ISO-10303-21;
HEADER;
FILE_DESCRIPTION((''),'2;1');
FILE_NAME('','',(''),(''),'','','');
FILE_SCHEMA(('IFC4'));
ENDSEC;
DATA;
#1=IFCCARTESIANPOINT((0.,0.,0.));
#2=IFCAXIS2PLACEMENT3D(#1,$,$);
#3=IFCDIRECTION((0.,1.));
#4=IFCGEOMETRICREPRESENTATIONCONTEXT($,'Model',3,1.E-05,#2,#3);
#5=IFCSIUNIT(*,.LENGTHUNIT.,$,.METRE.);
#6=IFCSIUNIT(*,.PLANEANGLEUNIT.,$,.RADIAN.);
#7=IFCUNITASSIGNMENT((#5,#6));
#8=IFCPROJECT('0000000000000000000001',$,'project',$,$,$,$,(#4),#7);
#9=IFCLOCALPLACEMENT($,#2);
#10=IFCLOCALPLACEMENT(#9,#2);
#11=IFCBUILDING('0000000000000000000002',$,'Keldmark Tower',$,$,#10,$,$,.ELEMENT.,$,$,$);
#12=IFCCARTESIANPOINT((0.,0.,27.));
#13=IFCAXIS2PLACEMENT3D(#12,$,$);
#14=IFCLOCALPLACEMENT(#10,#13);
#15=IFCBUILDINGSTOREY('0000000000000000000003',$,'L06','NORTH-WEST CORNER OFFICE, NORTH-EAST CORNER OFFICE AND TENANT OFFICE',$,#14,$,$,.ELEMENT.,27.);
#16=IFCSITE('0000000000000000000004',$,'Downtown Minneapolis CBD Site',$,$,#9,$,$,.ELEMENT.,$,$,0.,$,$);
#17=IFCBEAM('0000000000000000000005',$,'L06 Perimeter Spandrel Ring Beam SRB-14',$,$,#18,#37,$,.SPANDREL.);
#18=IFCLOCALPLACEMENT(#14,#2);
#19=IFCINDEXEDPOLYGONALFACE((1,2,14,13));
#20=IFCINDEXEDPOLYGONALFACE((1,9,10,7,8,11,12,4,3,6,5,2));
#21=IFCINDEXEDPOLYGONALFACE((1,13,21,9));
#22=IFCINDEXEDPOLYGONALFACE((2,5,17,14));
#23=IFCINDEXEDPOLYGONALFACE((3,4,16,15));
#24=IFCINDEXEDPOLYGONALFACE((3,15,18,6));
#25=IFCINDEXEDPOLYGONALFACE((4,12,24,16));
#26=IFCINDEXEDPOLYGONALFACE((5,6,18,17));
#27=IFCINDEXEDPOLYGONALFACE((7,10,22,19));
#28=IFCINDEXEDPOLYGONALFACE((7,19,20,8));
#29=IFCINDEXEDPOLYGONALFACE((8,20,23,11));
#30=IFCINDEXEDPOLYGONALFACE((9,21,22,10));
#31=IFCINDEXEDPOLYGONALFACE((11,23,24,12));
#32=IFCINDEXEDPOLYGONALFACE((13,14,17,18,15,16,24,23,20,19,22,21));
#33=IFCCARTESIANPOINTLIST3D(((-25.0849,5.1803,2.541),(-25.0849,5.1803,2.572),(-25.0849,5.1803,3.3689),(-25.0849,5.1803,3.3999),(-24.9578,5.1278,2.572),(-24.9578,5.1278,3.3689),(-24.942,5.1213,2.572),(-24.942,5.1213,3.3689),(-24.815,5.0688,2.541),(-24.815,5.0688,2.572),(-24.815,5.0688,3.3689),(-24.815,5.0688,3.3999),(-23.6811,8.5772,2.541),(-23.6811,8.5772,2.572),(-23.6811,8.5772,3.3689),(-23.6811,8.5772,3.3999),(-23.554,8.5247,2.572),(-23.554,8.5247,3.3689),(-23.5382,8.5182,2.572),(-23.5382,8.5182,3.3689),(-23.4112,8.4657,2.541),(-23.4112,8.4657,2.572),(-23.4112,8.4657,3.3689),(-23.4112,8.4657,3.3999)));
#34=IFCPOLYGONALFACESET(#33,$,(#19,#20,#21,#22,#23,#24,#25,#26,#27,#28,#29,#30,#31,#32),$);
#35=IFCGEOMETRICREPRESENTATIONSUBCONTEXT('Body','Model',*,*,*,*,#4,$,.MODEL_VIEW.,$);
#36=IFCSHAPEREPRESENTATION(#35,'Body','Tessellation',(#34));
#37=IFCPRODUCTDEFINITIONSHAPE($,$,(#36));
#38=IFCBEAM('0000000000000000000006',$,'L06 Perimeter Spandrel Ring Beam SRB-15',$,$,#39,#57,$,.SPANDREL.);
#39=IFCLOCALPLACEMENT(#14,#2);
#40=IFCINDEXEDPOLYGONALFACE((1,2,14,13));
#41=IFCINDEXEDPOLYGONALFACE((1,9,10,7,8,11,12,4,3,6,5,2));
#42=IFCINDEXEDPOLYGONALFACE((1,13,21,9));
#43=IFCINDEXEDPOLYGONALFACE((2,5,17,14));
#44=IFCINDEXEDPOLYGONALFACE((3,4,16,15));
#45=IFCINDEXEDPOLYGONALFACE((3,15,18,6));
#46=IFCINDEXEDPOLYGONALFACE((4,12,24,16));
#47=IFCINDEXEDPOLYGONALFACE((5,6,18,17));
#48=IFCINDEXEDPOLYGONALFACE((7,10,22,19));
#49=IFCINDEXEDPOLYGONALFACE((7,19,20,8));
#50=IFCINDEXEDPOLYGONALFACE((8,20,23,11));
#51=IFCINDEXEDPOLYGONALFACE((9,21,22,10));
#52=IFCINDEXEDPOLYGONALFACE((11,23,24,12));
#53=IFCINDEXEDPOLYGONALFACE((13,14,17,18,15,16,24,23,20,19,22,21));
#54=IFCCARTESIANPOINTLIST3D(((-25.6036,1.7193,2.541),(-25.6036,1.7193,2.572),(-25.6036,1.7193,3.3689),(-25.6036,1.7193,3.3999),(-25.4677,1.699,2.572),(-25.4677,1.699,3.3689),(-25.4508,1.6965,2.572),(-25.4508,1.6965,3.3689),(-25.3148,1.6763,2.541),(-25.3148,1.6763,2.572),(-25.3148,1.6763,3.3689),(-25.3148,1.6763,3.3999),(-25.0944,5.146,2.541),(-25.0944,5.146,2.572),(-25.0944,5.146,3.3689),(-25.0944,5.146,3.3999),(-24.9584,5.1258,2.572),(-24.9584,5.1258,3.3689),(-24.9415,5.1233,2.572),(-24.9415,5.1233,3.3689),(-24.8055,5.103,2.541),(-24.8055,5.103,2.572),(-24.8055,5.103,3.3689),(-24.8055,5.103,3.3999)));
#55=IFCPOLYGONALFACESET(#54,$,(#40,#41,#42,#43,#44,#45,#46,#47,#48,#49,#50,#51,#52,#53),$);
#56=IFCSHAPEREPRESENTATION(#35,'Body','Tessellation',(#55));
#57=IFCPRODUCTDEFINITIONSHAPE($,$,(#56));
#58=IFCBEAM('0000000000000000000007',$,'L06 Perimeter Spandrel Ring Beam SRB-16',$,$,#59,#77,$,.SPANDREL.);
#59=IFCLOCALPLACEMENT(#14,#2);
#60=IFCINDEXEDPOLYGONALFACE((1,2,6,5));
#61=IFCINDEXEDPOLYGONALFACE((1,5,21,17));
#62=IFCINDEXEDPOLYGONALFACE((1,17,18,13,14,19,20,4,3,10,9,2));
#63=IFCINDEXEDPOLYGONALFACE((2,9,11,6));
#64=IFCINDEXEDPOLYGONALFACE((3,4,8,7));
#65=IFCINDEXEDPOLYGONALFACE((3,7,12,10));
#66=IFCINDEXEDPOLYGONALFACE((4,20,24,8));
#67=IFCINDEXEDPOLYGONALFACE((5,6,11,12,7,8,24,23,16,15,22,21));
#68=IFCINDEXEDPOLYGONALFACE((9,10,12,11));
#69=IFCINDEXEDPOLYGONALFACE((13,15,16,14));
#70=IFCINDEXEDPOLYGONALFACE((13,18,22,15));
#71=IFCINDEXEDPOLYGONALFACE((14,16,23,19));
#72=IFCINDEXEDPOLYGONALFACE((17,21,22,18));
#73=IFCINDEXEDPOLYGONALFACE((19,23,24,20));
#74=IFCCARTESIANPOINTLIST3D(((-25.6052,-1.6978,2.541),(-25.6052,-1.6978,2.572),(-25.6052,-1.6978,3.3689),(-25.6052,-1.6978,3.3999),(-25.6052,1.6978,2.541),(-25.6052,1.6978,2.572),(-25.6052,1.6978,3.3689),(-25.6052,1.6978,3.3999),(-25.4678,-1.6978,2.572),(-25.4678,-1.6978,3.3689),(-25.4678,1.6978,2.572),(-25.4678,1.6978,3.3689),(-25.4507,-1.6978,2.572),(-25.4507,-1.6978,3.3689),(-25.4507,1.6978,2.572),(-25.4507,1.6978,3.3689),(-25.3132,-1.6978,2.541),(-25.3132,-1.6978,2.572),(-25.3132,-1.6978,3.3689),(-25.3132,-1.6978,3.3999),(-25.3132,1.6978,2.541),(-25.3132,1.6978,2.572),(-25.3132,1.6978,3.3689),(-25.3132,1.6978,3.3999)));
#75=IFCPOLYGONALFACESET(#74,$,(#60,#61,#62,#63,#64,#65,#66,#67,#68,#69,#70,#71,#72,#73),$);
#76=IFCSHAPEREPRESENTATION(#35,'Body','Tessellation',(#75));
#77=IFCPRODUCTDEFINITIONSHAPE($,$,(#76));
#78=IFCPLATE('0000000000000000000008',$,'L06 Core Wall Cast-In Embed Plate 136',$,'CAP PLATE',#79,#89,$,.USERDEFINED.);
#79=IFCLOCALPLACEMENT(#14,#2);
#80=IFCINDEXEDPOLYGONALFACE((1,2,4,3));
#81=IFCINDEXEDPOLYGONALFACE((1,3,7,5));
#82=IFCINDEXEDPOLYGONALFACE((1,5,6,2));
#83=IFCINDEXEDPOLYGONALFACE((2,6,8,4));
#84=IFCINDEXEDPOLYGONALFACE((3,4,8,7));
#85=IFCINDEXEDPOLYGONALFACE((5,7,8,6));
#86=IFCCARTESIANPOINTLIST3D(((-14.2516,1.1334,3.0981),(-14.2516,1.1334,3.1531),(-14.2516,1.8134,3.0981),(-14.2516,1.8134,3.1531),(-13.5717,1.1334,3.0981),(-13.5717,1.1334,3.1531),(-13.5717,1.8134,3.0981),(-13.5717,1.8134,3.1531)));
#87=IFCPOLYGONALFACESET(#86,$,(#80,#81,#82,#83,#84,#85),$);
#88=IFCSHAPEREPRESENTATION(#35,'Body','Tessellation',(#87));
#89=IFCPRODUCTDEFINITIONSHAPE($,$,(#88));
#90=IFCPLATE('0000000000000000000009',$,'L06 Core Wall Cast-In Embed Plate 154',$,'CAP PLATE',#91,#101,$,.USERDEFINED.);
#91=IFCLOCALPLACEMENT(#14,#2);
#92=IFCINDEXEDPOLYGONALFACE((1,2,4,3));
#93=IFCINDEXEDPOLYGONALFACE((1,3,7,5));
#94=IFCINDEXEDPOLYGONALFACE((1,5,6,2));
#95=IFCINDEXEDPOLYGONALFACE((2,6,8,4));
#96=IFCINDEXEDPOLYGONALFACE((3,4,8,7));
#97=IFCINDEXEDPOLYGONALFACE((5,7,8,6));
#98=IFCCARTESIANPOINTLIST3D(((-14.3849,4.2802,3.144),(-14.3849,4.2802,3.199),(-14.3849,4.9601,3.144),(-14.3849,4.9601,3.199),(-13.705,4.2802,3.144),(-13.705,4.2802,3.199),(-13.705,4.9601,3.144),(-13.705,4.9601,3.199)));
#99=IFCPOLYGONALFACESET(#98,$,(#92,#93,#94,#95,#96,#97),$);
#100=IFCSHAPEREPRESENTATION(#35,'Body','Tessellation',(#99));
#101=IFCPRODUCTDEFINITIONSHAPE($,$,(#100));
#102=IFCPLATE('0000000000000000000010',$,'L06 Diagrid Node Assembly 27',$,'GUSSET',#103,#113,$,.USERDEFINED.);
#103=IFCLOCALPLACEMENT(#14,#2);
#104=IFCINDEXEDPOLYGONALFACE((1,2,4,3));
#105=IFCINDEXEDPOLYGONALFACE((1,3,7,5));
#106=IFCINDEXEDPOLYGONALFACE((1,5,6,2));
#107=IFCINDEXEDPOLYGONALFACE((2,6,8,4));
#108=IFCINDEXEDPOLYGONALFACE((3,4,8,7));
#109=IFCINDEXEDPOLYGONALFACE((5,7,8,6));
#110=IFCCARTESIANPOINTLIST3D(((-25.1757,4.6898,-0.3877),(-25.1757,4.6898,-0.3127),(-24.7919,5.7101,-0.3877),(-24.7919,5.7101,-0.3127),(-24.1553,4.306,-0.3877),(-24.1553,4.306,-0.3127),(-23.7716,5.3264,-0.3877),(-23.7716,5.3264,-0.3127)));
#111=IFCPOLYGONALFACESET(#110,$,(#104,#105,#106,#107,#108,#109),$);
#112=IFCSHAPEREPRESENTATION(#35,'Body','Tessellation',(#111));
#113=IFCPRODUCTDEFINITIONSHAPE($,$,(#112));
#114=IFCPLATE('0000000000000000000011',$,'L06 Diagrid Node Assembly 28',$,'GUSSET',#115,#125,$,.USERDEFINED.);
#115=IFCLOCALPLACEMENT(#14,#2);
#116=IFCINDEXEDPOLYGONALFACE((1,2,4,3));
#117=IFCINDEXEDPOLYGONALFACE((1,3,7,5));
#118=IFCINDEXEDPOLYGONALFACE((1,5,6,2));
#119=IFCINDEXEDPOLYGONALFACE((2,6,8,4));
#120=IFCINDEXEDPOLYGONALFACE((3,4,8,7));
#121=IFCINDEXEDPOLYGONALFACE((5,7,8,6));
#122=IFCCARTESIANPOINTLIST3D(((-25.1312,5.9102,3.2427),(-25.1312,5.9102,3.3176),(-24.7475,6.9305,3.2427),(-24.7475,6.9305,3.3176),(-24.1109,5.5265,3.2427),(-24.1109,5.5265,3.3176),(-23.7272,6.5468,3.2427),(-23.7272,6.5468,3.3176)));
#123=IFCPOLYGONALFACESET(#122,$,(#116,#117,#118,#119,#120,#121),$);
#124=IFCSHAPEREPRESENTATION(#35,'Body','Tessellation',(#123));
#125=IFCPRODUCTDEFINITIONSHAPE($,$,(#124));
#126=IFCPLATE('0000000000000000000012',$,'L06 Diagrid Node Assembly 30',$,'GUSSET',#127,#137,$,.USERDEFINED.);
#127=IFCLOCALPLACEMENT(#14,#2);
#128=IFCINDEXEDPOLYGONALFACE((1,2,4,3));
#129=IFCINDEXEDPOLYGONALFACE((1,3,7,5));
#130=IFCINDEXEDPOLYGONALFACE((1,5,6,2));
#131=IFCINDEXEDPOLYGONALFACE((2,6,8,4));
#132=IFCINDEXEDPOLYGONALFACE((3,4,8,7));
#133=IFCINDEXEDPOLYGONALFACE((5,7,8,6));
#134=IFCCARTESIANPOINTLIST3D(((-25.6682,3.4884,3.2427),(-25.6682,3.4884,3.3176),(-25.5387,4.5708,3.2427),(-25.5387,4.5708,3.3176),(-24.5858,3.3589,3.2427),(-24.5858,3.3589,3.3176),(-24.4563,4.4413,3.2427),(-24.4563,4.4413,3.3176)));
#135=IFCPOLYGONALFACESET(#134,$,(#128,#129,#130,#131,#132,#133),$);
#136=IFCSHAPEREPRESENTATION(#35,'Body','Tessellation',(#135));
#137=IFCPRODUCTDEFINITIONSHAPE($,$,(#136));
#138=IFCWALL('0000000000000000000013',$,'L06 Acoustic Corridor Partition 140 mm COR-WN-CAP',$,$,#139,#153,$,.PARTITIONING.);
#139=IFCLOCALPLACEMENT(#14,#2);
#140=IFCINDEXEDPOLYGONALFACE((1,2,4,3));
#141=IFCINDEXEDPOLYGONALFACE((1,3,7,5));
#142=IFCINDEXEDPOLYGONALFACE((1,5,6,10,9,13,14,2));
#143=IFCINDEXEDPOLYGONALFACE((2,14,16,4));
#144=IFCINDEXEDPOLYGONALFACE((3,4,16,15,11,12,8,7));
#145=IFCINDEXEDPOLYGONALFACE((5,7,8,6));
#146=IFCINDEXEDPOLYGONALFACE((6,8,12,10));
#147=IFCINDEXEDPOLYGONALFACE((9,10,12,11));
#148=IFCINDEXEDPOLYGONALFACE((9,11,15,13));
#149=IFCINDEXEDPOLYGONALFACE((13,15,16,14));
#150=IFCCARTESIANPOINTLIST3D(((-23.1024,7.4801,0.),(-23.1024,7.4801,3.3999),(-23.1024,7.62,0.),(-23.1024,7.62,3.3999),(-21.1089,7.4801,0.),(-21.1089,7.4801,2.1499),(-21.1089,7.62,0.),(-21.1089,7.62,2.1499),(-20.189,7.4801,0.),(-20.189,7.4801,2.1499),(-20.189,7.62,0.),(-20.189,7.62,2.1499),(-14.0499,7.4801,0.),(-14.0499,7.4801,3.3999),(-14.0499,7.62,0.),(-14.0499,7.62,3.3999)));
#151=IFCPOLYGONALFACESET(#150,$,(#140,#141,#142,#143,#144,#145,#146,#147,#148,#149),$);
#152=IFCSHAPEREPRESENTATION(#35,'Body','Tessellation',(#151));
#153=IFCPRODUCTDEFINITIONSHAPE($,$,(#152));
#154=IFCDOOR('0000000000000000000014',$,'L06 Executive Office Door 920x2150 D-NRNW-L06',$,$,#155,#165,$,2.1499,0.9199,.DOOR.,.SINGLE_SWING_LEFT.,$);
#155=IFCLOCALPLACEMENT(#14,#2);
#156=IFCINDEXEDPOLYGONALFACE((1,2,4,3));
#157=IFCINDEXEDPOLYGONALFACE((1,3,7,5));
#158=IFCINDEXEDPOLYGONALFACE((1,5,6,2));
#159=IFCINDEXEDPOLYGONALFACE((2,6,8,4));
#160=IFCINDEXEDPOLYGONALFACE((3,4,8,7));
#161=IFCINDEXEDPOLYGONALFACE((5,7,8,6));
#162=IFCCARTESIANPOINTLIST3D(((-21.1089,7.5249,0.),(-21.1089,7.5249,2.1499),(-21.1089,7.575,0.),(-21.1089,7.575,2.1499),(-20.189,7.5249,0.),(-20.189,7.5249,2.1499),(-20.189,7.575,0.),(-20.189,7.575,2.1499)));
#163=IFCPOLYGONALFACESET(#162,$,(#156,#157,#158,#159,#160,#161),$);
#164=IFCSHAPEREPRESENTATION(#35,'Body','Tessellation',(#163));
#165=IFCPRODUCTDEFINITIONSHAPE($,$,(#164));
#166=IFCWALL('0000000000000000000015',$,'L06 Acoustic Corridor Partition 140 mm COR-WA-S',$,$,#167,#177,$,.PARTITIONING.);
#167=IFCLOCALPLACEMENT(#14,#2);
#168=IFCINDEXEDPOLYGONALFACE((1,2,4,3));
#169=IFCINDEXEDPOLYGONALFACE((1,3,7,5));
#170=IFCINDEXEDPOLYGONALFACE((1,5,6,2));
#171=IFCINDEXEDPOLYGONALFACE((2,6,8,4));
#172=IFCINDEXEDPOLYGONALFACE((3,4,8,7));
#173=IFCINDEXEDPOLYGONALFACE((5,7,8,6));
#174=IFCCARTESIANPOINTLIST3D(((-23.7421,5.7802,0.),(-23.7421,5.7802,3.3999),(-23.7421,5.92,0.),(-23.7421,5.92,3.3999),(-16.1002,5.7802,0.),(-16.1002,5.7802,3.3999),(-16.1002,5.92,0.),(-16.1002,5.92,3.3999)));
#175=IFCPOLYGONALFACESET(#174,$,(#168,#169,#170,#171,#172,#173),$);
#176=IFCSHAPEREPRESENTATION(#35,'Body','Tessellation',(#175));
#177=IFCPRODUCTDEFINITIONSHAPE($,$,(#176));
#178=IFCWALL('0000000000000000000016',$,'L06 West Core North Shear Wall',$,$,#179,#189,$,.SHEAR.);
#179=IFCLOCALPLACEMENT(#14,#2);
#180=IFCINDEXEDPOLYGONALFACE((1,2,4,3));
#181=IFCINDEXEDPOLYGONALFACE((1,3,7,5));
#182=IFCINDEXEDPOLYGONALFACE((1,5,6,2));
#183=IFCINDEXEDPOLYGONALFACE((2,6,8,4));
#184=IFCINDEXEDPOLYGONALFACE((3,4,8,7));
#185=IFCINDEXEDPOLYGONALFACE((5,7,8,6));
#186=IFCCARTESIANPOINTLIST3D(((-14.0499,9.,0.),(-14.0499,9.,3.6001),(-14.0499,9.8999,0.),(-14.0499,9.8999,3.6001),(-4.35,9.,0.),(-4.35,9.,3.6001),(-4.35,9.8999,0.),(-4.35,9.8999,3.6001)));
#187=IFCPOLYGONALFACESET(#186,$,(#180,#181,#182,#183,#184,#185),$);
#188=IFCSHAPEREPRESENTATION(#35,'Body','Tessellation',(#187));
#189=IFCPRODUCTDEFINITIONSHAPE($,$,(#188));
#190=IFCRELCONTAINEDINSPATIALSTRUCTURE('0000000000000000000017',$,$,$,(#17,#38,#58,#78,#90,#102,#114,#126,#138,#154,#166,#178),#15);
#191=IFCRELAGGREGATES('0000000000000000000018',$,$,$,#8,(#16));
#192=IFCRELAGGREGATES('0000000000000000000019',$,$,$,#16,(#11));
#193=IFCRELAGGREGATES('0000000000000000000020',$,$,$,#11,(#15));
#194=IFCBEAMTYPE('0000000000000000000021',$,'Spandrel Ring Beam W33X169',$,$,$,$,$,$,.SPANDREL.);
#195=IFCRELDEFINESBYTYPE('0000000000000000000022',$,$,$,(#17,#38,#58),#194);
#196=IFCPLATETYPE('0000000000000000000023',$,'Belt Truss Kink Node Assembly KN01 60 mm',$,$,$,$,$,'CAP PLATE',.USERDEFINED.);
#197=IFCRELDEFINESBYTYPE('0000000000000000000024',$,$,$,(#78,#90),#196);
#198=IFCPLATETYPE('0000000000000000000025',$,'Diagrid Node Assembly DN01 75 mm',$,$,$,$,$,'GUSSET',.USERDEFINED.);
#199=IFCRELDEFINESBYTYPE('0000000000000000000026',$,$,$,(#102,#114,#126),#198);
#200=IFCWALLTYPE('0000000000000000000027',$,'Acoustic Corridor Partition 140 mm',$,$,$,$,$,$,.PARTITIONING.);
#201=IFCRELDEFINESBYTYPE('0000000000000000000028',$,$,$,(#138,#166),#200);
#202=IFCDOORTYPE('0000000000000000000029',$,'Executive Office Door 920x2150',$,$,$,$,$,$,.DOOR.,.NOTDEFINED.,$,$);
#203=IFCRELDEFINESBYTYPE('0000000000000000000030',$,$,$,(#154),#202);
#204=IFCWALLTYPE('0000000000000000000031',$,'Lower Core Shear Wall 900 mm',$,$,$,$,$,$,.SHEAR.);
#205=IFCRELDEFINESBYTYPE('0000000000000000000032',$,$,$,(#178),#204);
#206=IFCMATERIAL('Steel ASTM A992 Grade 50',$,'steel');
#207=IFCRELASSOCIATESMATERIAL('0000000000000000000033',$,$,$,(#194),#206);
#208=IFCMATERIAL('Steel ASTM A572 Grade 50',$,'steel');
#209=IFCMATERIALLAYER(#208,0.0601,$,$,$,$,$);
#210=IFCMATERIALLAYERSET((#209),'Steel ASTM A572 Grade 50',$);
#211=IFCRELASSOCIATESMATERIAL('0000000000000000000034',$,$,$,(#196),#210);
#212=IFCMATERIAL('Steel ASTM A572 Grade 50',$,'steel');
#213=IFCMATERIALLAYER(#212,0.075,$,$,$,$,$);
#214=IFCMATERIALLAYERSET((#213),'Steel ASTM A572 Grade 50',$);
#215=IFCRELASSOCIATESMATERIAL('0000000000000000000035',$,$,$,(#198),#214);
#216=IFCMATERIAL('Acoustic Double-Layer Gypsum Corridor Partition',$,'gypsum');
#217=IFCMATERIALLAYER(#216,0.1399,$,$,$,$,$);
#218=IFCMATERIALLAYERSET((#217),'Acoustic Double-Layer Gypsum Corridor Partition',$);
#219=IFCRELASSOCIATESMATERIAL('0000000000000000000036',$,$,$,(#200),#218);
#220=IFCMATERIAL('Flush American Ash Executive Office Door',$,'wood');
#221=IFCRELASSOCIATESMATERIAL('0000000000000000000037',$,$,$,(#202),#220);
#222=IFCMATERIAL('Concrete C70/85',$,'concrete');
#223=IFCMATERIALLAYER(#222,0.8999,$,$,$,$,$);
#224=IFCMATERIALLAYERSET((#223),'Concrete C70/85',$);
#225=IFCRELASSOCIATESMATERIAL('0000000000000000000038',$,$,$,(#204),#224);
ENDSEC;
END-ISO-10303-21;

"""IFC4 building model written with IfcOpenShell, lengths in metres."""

from ifc_helpers import new_model, si_unit, direction, frame, frame_2d, origin, origin_2d, place, context, subcontext, project, spatial, rectangle, i_section, extrude, material, layer, layer_set, material_profile, profile_set, type_object, element, fill, save


model = new_model("IFC4")

# Units and contexts
model_context = context("Model", 3, precision=1e-05, world=origin(), true_north=direction((0.0, 1.0)))
body_context = subcontext(model_context, "Body", "Model", "MODEL_VIEW")
ifc_project = project(units=[si_unit("LENGTHUNIT", "METRE"), si_unit("PLANEANGLEUNIT", "RADIAN")], contexts=[model_context])

# Site, building, storey
site_placement = place(None, origin())
site = spatial("IfcSite", under=ifc_project, at=site_placement, Name="Downtown Minneapolis CBD Site", CompositionType="ELEMENT", RefElevation=0.0)
building_placement = place(site_placement, origin())
building = spatial("IfcBuilding", under=site, at=building_placement, Name="Keldmark Tower", CompositionType="ELEMENT")
storey_placement = place(building_placement, frame((0.0, 0.0, 27.0)))
storey = spatial("IfcBuildingStorey", under=building, at=storey_placement, Name="L06", Description="NORTH-WEST CORNER OFFICE, NORTH-EAST CORNER OFFICE AND TENANT OFFICE", CompositionType="ELEMENT", Elevation=27.0)

# Beams
ifc_material_1 = material(Name="Steel ASTM A992 Grade 50", Category="steel")
ifc_material_profile_1 = material_profile(ifc_material_1, i_section(OverallWidth=0.292, OverallDepth=0.8589, WebThickness=0.0171, FlangeThickness=0.031, at=origin_2d()), Name="W33X169")
ifc_profile_set_1 = profile_set([ifc_material_profile_1], Name="Steel ASTM A992 Grade 50")
beam_type_1 = type_object("IfcBeamType", Name="Spandrel Ring Beam W33X169", PredefinedType="SPANDREL", material=ifc_profile_set_1)
beam_1_placement = place(storey_placement, frame((-23.5461, 8.5215, 2.9705), z_axis=(-0.381925, -0.924193, 0.0), x_axis=(0.924193, -0.381925, 0.0)))
element("IfcBeam", 1, at=beam_1_placement, inside=storey, type_object=beam_type_1, Name="L06 Perimeter Spandrel Ring Beam SRB-14", PredefinedType="SPANDREL", context=body_context, shape_type="SweptSolid", body=[
    extrude(i_section(OverallWidth=0.292, OverallDepth=0.8589, WebThickness=0.0171, FlangeThickness=0.031, at=origin_2d()), origin(), (0.0, 0.0, 1.0), 3.6755),
])
beam_2_placement = place(storey_placement, frame((-24.95, 5.1245, 2.9705), z_axis=(-0.147003, -0.989136, 0.0), x_axis=(0.989136, -0.147003, 0.0)))
element("IfcBeam", 2, at=beam_2_placement, inside=storey, type_object=beam_type_1, Name="L06 Perimeter Spandrel Ring Beam SRB-15", PredefinedType="SPANDREL", context=body_context, shape_type="SweptSolid", body=[
    extrude(i_section(OverallWidth=0.292, OverallDepth=0.8589, WebThickness=0.0171, FlangeThickness=0.031, at=origin_2d()), origin(), (0.0, 0.0, 1.0), 3.4644),
])
beam_3_placement = place(storey_placement, frame((-25.4592, 1.6978, 2.9705), z_axis=(0.0, -1.0, 0.0), x_axis=(1.0, 0.0, 0.0)))
element("IfcBeam", 3, at=beam_3_placement, inside=storey, type_object=beam_type_1, Name="L06 Perimeter Spandrel Ring Beam SRB-16", PredefinedType="SPANDREL", context=body_context, shape_type="SweptSolid", body=[
    extrude(i_section(OverallWidth=0.292, OverallDepth=0.8589, WebThickness=0.0171, FlangeThickness=0.031, at=origin_2d()), origin(), (0.0, 0.0, 1.0), 3.3955),
])

# Plates
ifc_material_2 = material(Name="Steel ASTM A572 Grade 50", Category="steel")
ifc_layer_1 = layer(ifc_material_2, 0.0601)
ifc_layer_set_1 = layer_set([ifc_layer_1], Name="Steel ASTM A572 Grade 50")
plate_type_1 = type_object("IfcPlateType", Name="Belt Truss Kink Node Assembly KN01 60 mm", ElementType="CAP PLATE", PredefinedType="USERDEFINED", material=ifc_layer_set_1)
for number, where, z_axis, x_axis, name in (
    (4, (-13.9116, 1.4734, 3.0981), (0.0, 0.0, 1.0), (1.0, 0.0, 0.0), "L06 Core Wall Cast-In Embed Plate 136"),
    (5, (-14.0449, 4.6201, 3.144), (0.0, 0.0, 1.0), (1.0, 0.0, 0.0), "L06 Core Wall Cast-In Embed Plate 154"),
):
    element("IfcPlate", number, at=place(storey_placement, frame(where, z_axis=z_axis, x_axis=x_axis)), inside=storey, type_object=plate_type_1, Name=name, ObjectType="CAP PLATE", PredefinedType="USERDEFINED", context=body_context, shape_type="SweptSolid", body=[
        extrude(rectangle(XDim=0.6799, YDim=0.6799, at=origin_2d()), origin(), (0.0, 0.0, 1.0), 0.0549),
    ])
ifc_material_3 = material(Name="Steel ASTM A572 Grade 50", Category="steel")
ifc_layer_2 = layer(ifc_material_3, 0.075)
ifc_layer_set_2 = layer_set([ifc_layer_2], Name="Steel ASTM A572 Grade 50")
plate_type_2 = type_object("IfcPlateType", Name="Diagrid Node Assembly DN01 75 mm", ElementType="GUSSET", PredefinedType="USERDEFINED", material=ifc_layer_set_2)
for number, where, z_axis, x_axis, name in (
    (6, (-24.4736, 5.0081, -0.3877), (0.0, 0.0, 1.0), (-0.352005, -0.935998, 0.0), "L06 Diagrid Node Assembly 27"),
    (7, (-24.4292, 6.2285, 3.2427), (0.0, 0.0, 1.0), (-0.352005, -0.935998, 0.0), "L06 Diagrid Node Assembly 28"),
    (8, (-25.0623, 3.9648, 3.2427), (0.0, 0.0, 1.0), (-0.118751, -0.992924, 0.0), "L06 Diagrid Node Assembly 30"),
):
    element("IfcPlate", number, at=place(storey_placement, frame(where, z_axis=z_axis, x_axis=x_axis)), inside=storey, type_object=plate_type_2, Name=name, ObjectType="GUSSET", PredefinedType="USERDEFINED", context=body_context, shape_type="SweptSolid", body=[
        extrude(rectangle(XDim=1.0901, YDim=1.0901, at=origin_2d()), origin(), (0.0, 0.0, 1.0), 0.075),
    ])

# Wall, opening, door
ifc_material_4 = material(Name="Acoustic Double-Layer Gypsum Corridor Partition", Category="gypsum")
ifc_layer_3 = layer(ifc_material_4, 0.1399)
ifc_layer_set_3 = layer_set([ifc_layer_3], Name="Acoustic Double-Layer Gypsum Corridor Partition")
wall_type_1 = type_object("IfcWallType", Name="Acoustic Corridor Partition 140 mm", PredefinedType="PARTITIONING", material=ifc_layer_set_3)
wall_1_placement = place(storey_placement, frame((-23.1025, 7.55, 0.0), z_axis=(0.0, 0.0, 1.0), x_axis=(1.0, 0.0, 0.0)))
wall_1 = element("IfcWall", 9, at=wall_1_placement, inside=storey, type_object=wall_type_1, Name="L06 Acoustic Corridor Partition 140 mm COR-WN-CAP", PredefinedType="PARTITIONING", context=body_context, shape_type="SweptSolid", body=[
    extrude(rectangle(XDim=9.0525, YDim=0.1399, at=frame_2d((4.5264, 0.0))), origin(), (0.0, 0.0, 1.0), 3.3999),
])
opening_1_placement = place(wall_1_placement, frame((1.9937, 0.0, 0.0)))
opening_1 = element("IfcOpeningElement", 10, at=opening_1_placement, cuts=wall_1, PredefinedType="OPENING", context=body_context, shape_type="SweptSolid", body=[
    extrude(rectangle(XDim=0.9199, YDim=2.1499, at=frame_2d((0.46, 1.075))), frame((0.0, 0.0798, 0.0), z_axis=(0.0, -1.0, 0.0), x_axis=(1.0, 0.0, 0.0)), (0.0, 0.0, 1.0), 0.1599),
])
ifc_material_5 = material(Name="Flush American Ash Executive Office Door", Category="wood")
door_type = type_object("IfcDoorType", Name="Executive Office Door 920x2150", OperationType="NOTDEFINED", PredefinedType="DOOR", material=ifc_material_5)
door_placement = place(opening_1_placement, origin())
door = element("IfcDoor", 11, at=door_placement, inside=storey, type_object=door_type, Name="L06 Executive Office Door 920x2150 D-NRNW-L06", OperationType="SINGLE_SWING_LEFT", OverallHeight=2.1499, OverallWidth=0.9199, PredefinedType="DOOR", context=body_context, shape_type="SweptSolid", body=[
    extrude(rectangle(XDim=0.9199, YDim=2.1499, at=frame_2d((0.46, 1.075))), frame((0.0, 0.0249, 0.0), z_axis=(0.0, -1.0, 0.0), x_axis=(1.0, 0.0, 0.0)), (0.0, 0.0, 1.0), 0.05),
])
fill(opening_1, door)

# Walls
wall_2_placement = place(storey_placement, frame((-23.7419, 5.8501, 0.0), z_axis=(0.0, 0.0, 1.0), x_axis=(1.0, 0.0, 0.0)))
element("IfcWall", 12, at=wall_2_placement, inside=storey, type_object=wall_type_1, Name="L06 Acoustic Corridor Partition 140 mm COR-WA-S", PredefinedType="PARTITIONING", context=body_context, shape_type="SweptSolid", body=[
    extrude(rectangle(XDim=7.6418, YDim=0.1399, at=frame_2d((3.8208, 0.0))), origin(), (0.0, 0.0, 1.0), 3.3999),
])
ifc_material_6 = material(Name="Concrete C70/85", Category="concrete")
ifc_layer_4 = layer(ifc_material_6, 0.8999)
ifc_layer_set_4 = layer_set([ifc_layer_4], Name="Concrete C70/85")
wall_type_2 = type_object("IfcWallType", Name="Lower Core Shear Wall 900 mm", PredefinedType="SHEAR", material=ifc_layer_set_4)
wall_3_placement = place(storey_placement, frame((-14.05, 9.45, 0.0), z_axis=(0.0, 0.0, 1.0), x_axis=(1.0, 0.0, 0.0)))
element("IfcWall", 13, at=wall_3_placement, inside=storey, type_object=wall_type_2, Name="L06 West Core North Shear Wall", PredefinedType="SHEAR", context=body_context, shape_type="SweptSolid", body=[
    extrude(rectangle(XDim=9.7, YDim=0.8999, at=frame_2d((4.8501, 0.0))), origin(), (0.0, 0.0, 1.0), 3.6001),
])

save(model, "model.ifc")
